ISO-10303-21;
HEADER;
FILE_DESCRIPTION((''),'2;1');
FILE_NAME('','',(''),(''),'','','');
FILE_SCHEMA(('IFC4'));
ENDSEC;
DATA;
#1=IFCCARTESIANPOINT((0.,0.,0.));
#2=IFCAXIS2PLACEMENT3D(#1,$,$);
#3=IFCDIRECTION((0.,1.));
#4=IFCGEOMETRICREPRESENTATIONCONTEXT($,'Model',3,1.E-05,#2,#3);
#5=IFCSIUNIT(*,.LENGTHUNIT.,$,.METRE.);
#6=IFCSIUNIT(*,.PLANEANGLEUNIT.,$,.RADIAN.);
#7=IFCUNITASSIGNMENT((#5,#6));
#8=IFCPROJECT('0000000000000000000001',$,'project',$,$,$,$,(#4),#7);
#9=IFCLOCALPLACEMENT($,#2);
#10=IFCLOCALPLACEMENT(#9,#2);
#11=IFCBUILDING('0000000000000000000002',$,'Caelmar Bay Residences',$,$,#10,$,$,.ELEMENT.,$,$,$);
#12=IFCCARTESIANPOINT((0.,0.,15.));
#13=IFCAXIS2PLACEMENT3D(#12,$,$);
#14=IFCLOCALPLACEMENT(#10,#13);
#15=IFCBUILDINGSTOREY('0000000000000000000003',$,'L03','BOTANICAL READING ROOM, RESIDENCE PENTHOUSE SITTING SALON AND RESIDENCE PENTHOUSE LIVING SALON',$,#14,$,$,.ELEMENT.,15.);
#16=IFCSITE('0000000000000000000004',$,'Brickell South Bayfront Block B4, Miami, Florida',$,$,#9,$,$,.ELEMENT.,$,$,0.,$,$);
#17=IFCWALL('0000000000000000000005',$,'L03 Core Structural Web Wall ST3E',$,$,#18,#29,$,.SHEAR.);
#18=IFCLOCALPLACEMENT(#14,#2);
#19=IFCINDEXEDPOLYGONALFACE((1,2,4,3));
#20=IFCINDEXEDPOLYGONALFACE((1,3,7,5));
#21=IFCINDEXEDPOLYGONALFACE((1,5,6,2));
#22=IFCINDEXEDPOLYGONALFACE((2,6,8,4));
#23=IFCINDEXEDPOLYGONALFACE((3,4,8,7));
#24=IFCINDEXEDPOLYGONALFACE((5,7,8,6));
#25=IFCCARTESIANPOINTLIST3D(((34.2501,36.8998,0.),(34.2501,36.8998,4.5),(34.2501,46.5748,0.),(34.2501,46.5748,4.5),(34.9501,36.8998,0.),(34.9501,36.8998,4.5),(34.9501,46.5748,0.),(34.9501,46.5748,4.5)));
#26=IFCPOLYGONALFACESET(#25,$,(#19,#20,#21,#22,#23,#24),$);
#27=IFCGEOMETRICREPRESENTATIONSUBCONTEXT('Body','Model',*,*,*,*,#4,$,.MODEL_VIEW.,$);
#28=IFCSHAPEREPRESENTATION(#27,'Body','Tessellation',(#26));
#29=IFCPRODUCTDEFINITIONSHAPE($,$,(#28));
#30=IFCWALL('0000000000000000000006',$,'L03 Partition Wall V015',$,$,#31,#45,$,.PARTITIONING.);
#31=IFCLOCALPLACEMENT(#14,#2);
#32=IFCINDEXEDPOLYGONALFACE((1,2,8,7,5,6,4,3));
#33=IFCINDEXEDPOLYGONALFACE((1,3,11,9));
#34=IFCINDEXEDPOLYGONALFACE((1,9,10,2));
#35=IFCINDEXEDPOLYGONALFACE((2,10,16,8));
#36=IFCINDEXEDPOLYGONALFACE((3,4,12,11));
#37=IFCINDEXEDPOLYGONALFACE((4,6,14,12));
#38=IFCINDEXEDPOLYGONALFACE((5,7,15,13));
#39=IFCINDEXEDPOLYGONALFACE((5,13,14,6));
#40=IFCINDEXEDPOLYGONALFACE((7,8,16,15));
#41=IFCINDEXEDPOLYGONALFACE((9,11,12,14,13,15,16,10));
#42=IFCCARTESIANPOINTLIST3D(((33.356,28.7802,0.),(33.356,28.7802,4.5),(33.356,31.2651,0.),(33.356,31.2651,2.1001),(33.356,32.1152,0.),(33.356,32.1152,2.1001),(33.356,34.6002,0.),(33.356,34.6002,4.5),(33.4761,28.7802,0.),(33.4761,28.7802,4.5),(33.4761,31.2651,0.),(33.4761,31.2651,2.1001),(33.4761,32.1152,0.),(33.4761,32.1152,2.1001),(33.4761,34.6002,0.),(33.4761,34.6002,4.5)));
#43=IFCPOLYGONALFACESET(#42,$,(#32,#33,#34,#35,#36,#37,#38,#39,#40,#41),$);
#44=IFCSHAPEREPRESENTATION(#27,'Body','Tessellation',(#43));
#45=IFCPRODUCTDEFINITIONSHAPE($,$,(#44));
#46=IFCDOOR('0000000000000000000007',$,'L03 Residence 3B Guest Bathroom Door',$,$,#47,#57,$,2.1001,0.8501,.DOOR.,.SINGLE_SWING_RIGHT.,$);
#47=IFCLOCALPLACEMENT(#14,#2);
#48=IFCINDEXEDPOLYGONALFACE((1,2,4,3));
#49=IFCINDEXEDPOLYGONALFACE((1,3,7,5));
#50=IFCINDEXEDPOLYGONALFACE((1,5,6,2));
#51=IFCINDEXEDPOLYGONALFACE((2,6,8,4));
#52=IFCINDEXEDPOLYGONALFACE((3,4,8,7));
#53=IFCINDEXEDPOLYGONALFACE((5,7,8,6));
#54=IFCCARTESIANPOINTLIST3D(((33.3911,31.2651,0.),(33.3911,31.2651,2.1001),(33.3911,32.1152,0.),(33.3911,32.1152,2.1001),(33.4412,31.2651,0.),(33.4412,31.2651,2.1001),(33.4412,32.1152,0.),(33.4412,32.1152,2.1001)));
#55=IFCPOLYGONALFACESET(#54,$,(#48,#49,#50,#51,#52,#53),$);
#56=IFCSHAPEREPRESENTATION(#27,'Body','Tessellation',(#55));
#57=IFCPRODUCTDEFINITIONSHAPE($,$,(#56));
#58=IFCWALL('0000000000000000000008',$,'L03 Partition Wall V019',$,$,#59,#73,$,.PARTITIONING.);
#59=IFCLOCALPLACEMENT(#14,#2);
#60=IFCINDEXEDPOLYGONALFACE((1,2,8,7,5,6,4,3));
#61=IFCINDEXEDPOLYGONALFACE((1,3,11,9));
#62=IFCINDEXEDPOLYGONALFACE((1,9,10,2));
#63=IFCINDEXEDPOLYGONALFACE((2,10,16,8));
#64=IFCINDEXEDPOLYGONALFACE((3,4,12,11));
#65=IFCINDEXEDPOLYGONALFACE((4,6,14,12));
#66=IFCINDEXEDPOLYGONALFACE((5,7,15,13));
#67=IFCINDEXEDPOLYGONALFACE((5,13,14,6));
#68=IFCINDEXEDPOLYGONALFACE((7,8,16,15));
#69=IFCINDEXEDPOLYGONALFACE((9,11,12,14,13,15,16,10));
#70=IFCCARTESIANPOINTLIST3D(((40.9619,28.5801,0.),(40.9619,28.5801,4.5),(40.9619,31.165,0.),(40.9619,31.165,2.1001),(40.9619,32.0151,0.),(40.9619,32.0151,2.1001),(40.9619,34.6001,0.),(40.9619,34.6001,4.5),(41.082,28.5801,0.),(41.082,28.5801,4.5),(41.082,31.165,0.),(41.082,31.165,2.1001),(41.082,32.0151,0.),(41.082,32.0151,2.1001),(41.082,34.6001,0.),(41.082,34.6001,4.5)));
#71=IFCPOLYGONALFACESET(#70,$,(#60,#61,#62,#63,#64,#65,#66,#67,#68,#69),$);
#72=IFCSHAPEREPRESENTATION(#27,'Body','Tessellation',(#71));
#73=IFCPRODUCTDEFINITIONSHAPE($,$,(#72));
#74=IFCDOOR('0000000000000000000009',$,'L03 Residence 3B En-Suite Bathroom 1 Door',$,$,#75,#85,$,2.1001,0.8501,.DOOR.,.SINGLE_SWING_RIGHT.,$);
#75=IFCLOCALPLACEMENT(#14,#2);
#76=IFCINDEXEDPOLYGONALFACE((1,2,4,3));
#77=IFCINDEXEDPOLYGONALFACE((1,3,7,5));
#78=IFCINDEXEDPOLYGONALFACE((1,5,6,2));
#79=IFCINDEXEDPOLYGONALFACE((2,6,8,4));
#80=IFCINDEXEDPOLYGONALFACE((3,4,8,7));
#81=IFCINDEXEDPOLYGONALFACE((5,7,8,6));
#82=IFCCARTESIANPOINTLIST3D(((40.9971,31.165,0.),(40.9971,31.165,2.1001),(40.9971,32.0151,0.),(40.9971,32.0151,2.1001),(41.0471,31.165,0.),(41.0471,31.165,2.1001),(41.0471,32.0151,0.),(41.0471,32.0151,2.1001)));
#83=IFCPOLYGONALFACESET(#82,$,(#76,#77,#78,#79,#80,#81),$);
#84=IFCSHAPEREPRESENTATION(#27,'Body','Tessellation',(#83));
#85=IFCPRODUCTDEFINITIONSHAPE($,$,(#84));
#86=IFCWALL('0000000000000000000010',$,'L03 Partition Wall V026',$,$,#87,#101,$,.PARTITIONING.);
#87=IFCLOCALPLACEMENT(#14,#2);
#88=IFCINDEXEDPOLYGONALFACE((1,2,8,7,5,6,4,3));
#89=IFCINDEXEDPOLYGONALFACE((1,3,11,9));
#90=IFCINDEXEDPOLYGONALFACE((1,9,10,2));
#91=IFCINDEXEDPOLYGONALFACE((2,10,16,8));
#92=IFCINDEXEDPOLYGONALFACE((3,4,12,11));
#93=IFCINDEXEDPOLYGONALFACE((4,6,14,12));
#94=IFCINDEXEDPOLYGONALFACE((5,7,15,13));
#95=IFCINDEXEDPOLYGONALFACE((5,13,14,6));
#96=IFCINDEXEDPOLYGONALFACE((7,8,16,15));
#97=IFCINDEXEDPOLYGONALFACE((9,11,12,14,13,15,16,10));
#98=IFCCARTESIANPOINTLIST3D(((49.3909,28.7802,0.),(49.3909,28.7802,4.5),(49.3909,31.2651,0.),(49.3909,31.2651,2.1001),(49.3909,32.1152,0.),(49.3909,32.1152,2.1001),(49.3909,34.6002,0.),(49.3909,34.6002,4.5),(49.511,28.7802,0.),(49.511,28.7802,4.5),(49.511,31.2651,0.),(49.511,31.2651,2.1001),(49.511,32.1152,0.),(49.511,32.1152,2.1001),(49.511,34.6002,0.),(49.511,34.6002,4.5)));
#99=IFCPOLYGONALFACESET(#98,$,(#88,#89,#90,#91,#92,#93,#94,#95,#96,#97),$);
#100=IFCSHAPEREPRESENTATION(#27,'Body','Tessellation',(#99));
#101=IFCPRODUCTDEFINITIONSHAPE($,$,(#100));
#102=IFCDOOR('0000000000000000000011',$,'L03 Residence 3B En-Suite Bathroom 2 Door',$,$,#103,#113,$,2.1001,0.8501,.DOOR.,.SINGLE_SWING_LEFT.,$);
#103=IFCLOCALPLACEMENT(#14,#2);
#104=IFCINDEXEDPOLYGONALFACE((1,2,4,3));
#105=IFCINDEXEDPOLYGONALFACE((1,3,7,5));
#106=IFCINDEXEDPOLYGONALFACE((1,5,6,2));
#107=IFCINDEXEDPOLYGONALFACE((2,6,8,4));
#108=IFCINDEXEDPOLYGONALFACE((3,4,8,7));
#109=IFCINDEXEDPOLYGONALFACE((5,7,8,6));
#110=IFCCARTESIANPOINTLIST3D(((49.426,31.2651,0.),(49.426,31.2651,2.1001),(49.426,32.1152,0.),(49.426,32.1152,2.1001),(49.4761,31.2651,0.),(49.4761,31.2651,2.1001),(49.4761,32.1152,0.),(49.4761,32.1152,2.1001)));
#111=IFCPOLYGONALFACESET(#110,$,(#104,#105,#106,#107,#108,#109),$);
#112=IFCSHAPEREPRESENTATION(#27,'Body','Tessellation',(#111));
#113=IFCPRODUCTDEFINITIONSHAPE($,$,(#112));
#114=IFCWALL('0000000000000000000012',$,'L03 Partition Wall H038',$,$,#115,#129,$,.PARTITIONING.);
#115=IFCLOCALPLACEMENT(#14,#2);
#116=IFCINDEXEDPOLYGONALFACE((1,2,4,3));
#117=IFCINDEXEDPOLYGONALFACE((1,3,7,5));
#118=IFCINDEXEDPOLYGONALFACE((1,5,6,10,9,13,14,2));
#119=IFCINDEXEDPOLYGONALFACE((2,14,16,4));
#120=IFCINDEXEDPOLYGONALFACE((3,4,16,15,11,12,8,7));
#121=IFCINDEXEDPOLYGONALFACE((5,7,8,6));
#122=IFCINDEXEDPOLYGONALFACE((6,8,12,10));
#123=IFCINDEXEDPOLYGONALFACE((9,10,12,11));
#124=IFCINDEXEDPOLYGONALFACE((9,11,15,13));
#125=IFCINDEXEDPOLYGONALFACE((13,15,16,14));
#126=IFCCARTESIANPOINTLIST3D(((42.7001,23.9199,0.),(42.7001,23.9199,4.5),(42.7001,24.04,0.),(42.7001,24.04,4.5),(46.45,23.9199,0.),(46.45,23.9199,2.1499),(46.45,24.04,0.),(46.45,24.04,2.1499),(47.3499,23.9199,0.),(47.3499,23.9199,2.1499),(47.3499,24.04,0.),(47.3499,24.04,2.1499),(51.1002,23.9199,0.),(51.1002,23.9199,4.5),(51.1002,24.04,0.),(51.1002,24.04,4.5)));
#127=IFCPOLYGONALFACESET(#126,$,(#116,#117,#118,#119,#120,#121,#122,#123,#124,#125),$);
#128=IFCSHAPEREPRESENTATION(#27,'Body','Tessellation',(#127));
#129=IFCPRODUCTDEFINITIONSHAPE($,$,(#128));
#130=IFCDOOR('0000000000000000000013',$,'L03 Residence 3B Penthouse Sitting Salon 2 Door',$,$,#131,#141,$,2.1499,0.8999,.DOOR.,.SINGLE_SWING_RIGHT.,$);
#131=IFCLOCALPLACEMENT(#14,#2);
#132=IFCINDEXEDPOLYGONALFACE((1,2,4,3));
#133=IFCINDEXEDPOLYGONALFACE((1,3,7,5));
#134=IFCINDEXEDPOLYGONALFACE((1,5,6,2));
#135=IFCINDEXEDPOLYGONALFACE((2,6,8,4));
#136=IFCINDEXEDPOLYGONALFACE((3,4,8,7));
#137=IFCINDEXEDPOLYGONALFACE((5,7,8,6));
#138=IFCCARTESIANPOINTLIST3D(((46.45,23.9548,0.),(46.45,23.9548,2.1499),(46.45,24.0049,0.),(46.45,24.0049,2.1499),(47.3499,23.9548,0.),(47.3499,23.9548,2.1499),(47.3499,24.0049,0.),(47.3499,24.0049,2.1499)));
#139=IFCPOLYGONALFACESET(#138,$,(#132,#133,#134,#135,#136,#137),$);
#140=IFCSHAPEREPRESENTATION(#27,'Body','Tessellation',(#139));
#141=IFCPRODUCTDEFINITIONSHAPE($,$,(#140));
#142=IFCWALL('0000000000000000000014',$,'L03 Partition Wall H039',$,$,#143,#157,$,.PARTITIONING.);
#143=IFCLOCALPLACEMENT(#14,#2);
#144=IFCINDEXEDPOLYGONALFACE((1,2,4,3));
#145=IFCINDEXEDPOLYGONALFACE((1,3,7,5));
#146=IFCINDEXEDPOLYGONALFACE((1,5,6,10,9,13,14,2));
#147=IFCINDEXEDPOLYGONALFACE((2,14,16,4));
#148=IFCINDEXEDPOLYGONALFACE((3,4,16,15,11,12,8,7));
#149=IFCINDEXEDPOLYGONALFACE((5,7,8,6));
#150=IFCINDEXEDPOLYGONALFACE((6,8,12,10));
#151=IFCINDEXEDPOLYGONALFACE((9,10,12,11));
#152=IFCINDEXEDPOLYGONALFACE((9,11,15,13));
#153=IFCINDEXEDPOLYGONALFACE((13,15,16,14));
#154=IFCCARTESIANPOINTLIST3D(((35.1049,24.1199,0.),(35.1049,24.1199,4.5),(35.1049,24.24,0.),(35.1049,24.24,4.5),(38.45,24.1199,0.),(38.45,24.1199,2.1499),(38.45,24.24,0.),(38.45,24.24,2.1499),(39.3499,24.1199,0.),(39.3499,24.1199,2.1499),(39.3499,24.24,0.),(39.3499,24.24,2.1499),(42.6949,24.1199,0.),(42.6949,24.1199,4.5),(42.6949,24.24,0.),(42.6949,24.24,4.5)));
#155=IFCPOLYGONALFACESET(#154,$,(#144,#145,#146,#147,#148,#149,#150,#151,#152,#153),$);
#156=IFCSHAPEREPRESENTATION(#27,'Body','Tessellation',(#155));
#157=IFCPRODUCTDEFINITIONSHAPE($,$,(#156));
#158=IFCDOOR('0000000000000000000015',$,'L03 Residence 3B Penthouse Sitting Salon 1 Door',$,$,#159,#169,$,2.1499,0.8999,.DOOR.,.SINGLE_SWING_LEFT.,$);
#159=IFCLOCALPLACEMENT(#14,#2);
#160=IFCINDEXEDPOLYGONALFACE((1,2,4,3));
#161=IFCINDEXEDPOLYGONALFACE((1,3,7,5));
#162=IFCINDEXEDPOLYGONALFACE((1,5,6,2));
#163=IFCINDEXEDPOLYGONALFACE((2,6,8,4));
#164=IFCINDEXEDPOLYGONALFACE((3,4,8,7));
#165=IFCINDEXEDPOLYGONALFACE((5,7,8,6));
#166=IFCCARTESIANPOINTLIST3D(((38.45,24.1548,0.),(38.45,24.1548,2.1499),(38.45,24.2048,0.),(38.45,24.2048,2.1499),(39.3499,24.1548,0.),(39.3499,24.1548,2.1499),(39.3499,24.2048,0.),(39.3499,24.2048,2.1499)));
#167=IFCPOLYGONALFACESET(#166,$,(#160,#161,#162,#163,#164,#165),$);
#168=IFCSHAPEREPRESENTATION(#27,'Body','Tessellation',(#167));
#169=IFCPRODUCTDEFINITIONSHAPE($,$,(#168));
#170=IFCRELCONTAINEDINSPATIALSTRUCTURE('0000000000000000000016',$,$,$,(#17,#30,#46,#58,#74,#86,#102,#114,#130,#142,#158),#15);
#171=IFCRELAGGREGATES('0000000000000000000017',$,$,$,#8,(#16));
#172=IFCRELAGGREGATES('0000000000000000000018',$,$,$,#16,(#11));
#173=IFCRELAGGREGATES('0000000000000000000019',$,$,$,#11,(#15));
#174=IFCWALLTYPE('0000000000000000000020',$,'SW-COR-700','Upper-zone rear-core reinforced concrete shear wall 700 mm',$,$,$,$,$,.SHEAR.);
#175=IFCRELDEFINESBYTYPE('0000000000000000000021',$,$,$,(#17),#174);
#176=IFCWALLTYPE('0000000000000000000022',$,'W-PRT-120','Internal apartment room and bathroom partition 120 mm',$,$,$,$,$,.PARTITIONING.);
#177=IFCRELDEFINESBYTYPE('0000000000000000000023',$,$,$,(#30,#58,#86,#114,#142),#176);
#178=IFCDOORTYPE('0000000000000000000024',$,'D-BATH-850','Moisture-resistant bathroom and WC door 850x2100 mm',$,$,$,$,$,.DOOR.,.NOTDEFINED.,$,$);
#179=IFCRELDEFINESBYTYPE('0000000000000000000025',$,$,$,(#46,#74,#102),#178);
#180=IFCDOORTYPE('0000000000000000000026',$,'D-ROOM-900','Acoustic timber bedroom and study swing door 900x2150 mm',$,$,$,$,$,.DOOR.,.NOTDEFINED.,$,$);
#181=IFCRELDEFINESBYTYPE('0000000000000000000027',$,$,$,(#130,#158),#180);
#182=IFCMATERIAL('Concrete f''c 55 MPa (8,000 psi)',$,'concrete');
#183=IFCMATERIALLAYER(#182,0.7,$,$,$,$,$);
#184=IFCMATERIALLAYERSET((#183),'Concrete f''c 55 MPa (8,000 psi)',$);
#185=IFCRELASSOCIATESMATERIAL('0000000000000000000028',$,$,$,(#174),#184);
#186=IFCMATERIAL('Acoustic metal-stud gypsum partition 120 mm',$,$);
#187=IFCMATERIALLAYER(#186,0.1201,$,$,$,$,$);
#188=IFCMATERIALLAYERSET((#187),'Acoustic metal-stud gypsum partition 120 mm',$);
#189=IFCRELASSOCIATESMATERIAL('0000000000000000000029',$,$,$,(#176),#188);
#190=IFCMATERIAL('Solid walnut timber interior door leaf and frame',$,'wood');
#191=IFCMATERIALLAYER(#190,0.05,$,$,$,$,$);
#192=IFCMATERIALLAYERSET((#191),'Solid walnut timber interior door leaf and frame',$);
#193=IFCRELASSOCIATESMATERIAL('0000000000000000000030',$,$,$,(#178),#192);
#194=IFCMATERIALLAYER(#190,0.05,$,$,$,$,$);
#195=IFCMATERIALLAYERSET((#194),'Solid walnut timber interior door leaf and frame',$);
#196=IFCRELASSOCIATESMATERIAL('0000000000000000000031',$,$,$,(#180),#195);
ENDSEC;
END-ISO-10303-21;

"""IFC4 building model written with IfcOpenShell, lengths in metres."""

from ifc_helpers import new_model, si_unit, direction, frame, frame_2d, origin, place, context, subcontext, project, spatial, rectangle, extrude, material, layer, layer_set, type_object, element, fill, save


model = new_model("IFC4")

# Units and contexts
model_context = context("Model", 3, precision=1e-05, world=origin(), true_north=direction((0.0, 1.0)))
body_context = subcontext(model_context, "Body", "Model", "MODEL_VIEW")
ifc_project = project(units=[si_unit("LENGTHUNIT", "METRE"), si_unit("PLANEANGLEUNIT", "RADIAN")], contexts=[model_context])

# Site, building, storey
site_placement = place(None, origin())
site = spatial("IfcSite", under=ifc_project, at=site_placement, Name="Brickell South Bayfront Block B4, Miami, Florida", CompositionType="ELEMENT", RefElevation=0.0)
building_placement = place(site_placement, origin())
building = spatial("IfcBuilding", under=site, at=building_placement, Name="Caelmar Bay Residences", CompositionType="ELEMENT")
storey_placement = place(building_placement, frame((0.0, 0.0, 15.0)))
storey = spatial("IfcBuildingStorey", under=building, at=storey_placement, Name="L03", Description="BOTANICAL READING ROOM, RESIDENCE PENTHOUSE SITTING SALON AND RESIDENCE PENTHOUSE LIVING SALON", CompositionType="ELEMENT", Elevation=15.0)

# Shared definitions
ifc_material_1 = material(Name="Concrete f'c 55 MPa (8,000 psi)", Category="concrete")
ifc_layer_1 = layer(ifc_material_1, 0.7)
ifc_layer_set_1 = layer_set([ifc_layer_1], Name="Concrete f'c 55 MPa (8,000 psi)")
wall_type_1 = type_object("IfcWallType", Name="SW-COR-700", Description="Upper-zone rear-core reinforced concrete shear wall 700 mm", PredefinedType="SHEAR", material=ifc_layer_set_1)

# Wall
wall_1_placement = place(storey_placement, frame((34.6001, 36.8999, 0.0), z_axis=(0.0, 0.0, 1.0), x_axis=(0.0, 1.0, 0.0)))
element("IfcWall", 1, at=wall_1_placement, inside=storey, type_object=wall_type_1, Name="L03 Core Structural Web Wall ST3E", PredefinedType="SHEAR", context=body_context, shape_type="SweptSolid", body=[
    extrude(rectangle(XDim=9.675, YDim=0.7, at=frame_2d((4.8374, 0.0))), origin(), (0.0, 0.0, 1.0), 4.5),
])

# Walls, openings, doors
ifc_material_2 = material(Name="Acoustic metal-stud gypsum partition 120 mm")
ifc_layer_2 = layer(ifc_material_2, 0.1201)
ifc_layer_set_2 = layer_set([ifc_layer_2], Name="Acoustic metal-stud gypsum partition 120 mm")
wall_type_2 = type_object("IfcWallType", Name="W-PRT-120", Description="Internal apartment room and bathroom partition 120 mm", PredefinedType="PARTITIONING", material=ifc_layer_set_2)
wall_2_placement = place(storey_placement, frame((33.416, 28.78, 0.0), z_axis=(0.0, 0.0, 1.0), x_axis=(0.0, 1.0, 0.0)))
wall_2 = element("IfcWall", 2, at=wall_2_placement, inside=storey, type_object=wall_type_2, Name="L03 Partition Wall V015", PredefinedType="PARTITIONING", context=body_context, shape_type="SweptSolid", body=[
    extrude(rectangle(XDim=5.8201, YDim=0.1201, at=frame_2d((2.9102, 0.0))), origin(), (0.0, 0.0, 1.0), 4.5),
])
opening_1_placement = place(wall_2_placement, frame((2.4851, 0.0, 0.0)))
opening_1 = element("IfcOpeningElement", 3, at=opening_1_placement, cuts=wall_2, PredefinedType="OPENING", context=body_context, shape_type="SweptSolid", body=[
    extrude(rectangle(XDim=0.8501, YDim=2.1001, at=frame_2d((0.425, 1.05))), frame((0.0, 0.0701, 0.0), z_axis=(0.0, -1.0, 0.0), x_axis=(1.0, 0.0, 0.0)), (0.0, 0.0, 1.0), 0.1401),
])
ifc_material_3 = material(Name="Solid walnut timber interior door leaf and frame", Category="wood")
ifc_layer_3 = layer(ifc_material_3, 0.05)
ifc_layer_set_3 = layer_set([ifc_layer_3], Name="Solid walnut timber interior door leaf and frame")
door_type_1 = type_object("IfcDoorType", Name="D-BATH-850", Description="Moisture-resistant bathroom and WC door 850x2100 mm", OperationType="NOTDEFINED", PredefinedType="DOOR", material=ifc_layer_set_3)
door_1_placement = place(opening_1_placement, origin())
door_1 = element("IfcDoor", 4, at=door_1_placement, inside=storey, type_object=door_type_1, Name="L03 Residence 3B Guest Bathroom Door", OperationType="SINGLE_SWING_RIGHT", OverallHeight=2.1001, OverallWidth=0.8501, PredefinedType="DOOR", context=body_context, shape_type="SweptSolid", body=[
    extrude(rectangle(XDim=0.8501, YDim=2.1001, at=frame_2d((0.425, 1.05))), frame((0.0, 0.0249, 0.0), z_axis=(0.0, -1.0, 0.0), x_axis=(1.0, 0.0, 0.0)), (0.0, 0.0, 1.0), 0.05),
])
fill(opening_1, door_1)
wall_3_placement = place(storey_placement, frame((41.022, 28.5801, 0.0), z_axis=(0.0, 0.0, 1.0), x_axis=(0.0, 1.0, 0.0)))
wall_3 = element("IfcWall", 5, at=wall_3_placement, inside=storey, type_object=wall_type_2, Name="L03 Partition Wall V019", PredefinedType="PARTITIONING", context=body_context, shape_type="SweptSolid", body=[
    extrude(rectangle(XDim=6.02, YDim=0.1201, at=frame_2d((3.01, 0.0))), origin(), (0.0, 0.0, 1.0), 4.5),
])
opening_2_placement = place(wall_3_placement, frame((2.585, 0.0, 0.0)))
opening_2 = element("IfcOpeningElement", 6, at=opening_2_placement, cuts=wall_3, PredefinedType="OPENING", context=body_context, shape_type="SweptSolid", body=[
    extrude(rectangle(XDim=0.8501, YDim=2.1001, at=frame_2d((0.425, 1.05))), frame((0.0, 0.0701, 0.0), z_axis=(0.0, -1.0, 0.0), x_axis=(1.0, 0.0, 0.0)), (0.0, 0.0, 1.0), 0.1401),
])
door_2_placement = place(opening_2_placement, origin())
door_2 = element("IfcDoor", 7, at=door_2_placement, inside=storey, type_object=door_type_1, Name="L03 Residence 3B En-Suite Bathroom 1 Door", OperationType="SINGLE_SWING_RIGHT", OverallHeight=2.1001, OverallWidth=0.8501, PredefinedType="DOOR", context=body_context, shape_type="SweptSolid", body=[
    extrude(rectangle(XDim=0.8501, YDim=2.1001, at=frame_2d((0.425, 1.05))), frame((0.0, 0.0249, 0.0), z_axis=(0.0, -1.0, 0.0), x_axis=(1.0, 0.0, 0.0)), (0.0, 0.0, 1.0), 0.05),
])
fill(opening_2, door_2)
wall_4_placement = place(storey_placement, frame((49.4509, 28.78, 0.0), z_axis=(0.0, 0.0, 1.0), x_axis=(0.0, 1.0, 0.0)))
wall_4 = element("IfcWall", 8, at=wall_4_placement, inside=storey, type_object=wall_type_2, Name="L03 Partition Wall V026", PredefinedType="PARTITIONING", context=body_context, shape_type="SweptSolid", body=[
    extrude(rectangle(XDim=5.8201, YDim=0.1201, at=frame_2d((2.9102, 0.0))), origin(), (0.0, 0.0, 1.0), 4.5),
])
opening_3_placement = place(wall_4_placement, frame((2.4851, 0.0, 0.0)))
opening_3 = element("IfcOpeningElement", 9, at=opening_3_placement, cuts=wall_4, PredefinedType="OPENING", context=body_context, shape_type="SweptSolid", body=[
    extrude(rectangle(XDim=0.8501, YDim=2.1001, at=frame_2d((0.425, 1.05))), frame((0.0, 0.0701, 0.0), z_axis=(0.0, -1.0, 0.0), x_axis=(1.0, 0.0, 0.0)), (0.0, 0.0, 1.0), 0.1401),
])
door_3_placement = place(opening_3_placement, origin())
door_3 = element("IfcDoor", 10, at=door_3_placement, inside=storey, type_object=door_type_1, Name="L03 Residence 3B En-Suite Bathroom 2 Door", OperationType="SINGLE_SWING_LEFT", OverallHeight=2.1001, OverallWidth=0.8501, PredefinedType="DOOR", context=body_context, shape_type="SweptSolid", body=[
    extrude(rectangle(XDim=0.8501, YDim=2.1001, at=frame_2d((0.425, 1.05))), frame((0.0, 0.0249, 0.0), z_axis=(0.0, -1.0, 0.0), x_axis=(1.0, 0.0, 0.0)), (0.0, 0.0, 1.0), 0.05),
])
fill(opening_3, door_3)
wall_5_placement = place(storey_placement, frame((42.7, 23.98, 0.0), z_axis=(0.0, 0.0, 1.0), x_axis=(1.0, 0.0, 0.0)))
wall_5 = element("IfcWall", 11, at=wall_5_placement, inside=storey, type_object=wall_type_2, Name="L03 Partition Wall H038", PredefinedType="PARTITIONING", context=body_context, shape_type="SweptSolid", body=[
    extrude(rectangle(XDim=8.4001, YDim=0.1201, at=frame_2d((4.2002, 0.0))), origin(), (0.0, 0.0, 1.0), 4.5),
])
opening_4_placement = place(wall_5_placement, frame((3.75, 0.0, 0.0)))
opening_4 = element("IfcOpeningElement", 12, at=opening_4_placement, cuts=wall_5, PredefinedType="OPENING", context=body_context, shape_type="SweptSolid", body=[
    extrude(rectangle(XDim=0.8999, YDim=2.1499, at=frame_2d((0.45, 1.075))), frame((0.0, 0.0701, 0.0), z_axis=(0.0, -1.0, 0.0), x_axis=(1.0, 0.0, 0.0)), (0.0, 0.0, 1.0), 0.1401),
])
ifc_layer_4 = layer(ifc_material_3, 0.05)
ifc_layer_set_4 = layer_set([ifc_layer_4], Name="Solid walnut timber interior door leaf and frame")
door_type_2 = type_object("IfcDoorType", Name="D-ROOM-900", Description="Acoustic timber bedroom and study swing door 900x2150 mm", OperationType="NOTDEFINED", PredefinedType="DOOR", material=ifc_layer_set_4)
door_4_placement = place(opening_4_placement, origin())
door_4 = element("IfcDoor", 13, at=door_4_placement, inside=storey, type_object=door_type_2, Name="L03 Residence 3B Penthouse Sitting Salon 2 Door", OperationType="SINGLE_SWING_RIGHT", OverallHeight=2.1499, OverallWidth=0.8999, PredefinedType="DOOR", context=body_context, shape_type="SweptSolid", body=[
    extrude(rectangle(XDim=0.8999, YDim=2.1499, at=frame_2d((0.45, 1.075))), frame((0.0, 0.0249, 0.0), z_axis=(0.0, -1.0, 0.0), x_axis=(1.0, 0.0, 0.0)), (0.0, 0.0, 1.0), 0.05),
])
fill(opening_4, door_4)
wall_6_placement = place(storey_placement, frame((35.105, 24.1799, 0.0), z_axis=(0.0, 0.0, 1.0), x_axis=(1.0, 0.0, 0.0)))
wall_6 = element("IfcWall", 14, at=wall_6_placement, inside=storey, type_object=wall_type_2, Name="L03 Partition Wall H039", PredefinedType="PARTITIONING", context=body_context, shape_type="SweptSolid", body=[
    extrude(rectangle(XDim=7.5901, YDim=0.1201, at=frame_2d((3.7949, 0.0))), origin(), (0.0, 0.0, 1.0), 4.5),
])
opening_5_placement = place(wall_6_placement, frame((3.345, 0.0, 0.0)))
opening_5 = element("IfcOpeningElement", 15, at=opening_5_placement, cuts=wall_6, PredefinedType="OPENING", context=body_context, shape_type="SweptSolid", body=[
    extrude(rectangle(XDim=0.8999, YDim=2.1499, at=frame_2d((0.45, 1.075))), frame((0.0, 0.0701, 0.0), z_axis=(0.0, -1.0, 0.0), x_axis=(1.0, 0.0, 0.0)), (0.0, 0.0, 1.0), 0.1401),
])
door_5_placement = place(opening_5_placement, origin())
door_5 = element("IfcDoor", 16, at=door_5_placement, inside=storey, type_object=door_type_2, Name="L03 Residence 3B Penthouse Sitting Salon 1 Door", OperationType="SINGLE_SWING_LEFT", OverallHeight=2.1499, OverallWidth=0.8999, PredefinedType="DOOR", context=body_context, shape_type="SweptSolid", body=[
    extrude(rectangle(XDim=0.8999, YDim=2.1499, at=frame_2d((0.45, 1.075))), frame((0.0, 0.0249, 0.0), z_axis=(0.0, -1.0, 0.0), x_axis=(1.0, 0.0, 0.0)), (0.0, 0.0, 1.0), 0.05),
])
fill(opening_5, door_5)

save(model, "model.ifc")
